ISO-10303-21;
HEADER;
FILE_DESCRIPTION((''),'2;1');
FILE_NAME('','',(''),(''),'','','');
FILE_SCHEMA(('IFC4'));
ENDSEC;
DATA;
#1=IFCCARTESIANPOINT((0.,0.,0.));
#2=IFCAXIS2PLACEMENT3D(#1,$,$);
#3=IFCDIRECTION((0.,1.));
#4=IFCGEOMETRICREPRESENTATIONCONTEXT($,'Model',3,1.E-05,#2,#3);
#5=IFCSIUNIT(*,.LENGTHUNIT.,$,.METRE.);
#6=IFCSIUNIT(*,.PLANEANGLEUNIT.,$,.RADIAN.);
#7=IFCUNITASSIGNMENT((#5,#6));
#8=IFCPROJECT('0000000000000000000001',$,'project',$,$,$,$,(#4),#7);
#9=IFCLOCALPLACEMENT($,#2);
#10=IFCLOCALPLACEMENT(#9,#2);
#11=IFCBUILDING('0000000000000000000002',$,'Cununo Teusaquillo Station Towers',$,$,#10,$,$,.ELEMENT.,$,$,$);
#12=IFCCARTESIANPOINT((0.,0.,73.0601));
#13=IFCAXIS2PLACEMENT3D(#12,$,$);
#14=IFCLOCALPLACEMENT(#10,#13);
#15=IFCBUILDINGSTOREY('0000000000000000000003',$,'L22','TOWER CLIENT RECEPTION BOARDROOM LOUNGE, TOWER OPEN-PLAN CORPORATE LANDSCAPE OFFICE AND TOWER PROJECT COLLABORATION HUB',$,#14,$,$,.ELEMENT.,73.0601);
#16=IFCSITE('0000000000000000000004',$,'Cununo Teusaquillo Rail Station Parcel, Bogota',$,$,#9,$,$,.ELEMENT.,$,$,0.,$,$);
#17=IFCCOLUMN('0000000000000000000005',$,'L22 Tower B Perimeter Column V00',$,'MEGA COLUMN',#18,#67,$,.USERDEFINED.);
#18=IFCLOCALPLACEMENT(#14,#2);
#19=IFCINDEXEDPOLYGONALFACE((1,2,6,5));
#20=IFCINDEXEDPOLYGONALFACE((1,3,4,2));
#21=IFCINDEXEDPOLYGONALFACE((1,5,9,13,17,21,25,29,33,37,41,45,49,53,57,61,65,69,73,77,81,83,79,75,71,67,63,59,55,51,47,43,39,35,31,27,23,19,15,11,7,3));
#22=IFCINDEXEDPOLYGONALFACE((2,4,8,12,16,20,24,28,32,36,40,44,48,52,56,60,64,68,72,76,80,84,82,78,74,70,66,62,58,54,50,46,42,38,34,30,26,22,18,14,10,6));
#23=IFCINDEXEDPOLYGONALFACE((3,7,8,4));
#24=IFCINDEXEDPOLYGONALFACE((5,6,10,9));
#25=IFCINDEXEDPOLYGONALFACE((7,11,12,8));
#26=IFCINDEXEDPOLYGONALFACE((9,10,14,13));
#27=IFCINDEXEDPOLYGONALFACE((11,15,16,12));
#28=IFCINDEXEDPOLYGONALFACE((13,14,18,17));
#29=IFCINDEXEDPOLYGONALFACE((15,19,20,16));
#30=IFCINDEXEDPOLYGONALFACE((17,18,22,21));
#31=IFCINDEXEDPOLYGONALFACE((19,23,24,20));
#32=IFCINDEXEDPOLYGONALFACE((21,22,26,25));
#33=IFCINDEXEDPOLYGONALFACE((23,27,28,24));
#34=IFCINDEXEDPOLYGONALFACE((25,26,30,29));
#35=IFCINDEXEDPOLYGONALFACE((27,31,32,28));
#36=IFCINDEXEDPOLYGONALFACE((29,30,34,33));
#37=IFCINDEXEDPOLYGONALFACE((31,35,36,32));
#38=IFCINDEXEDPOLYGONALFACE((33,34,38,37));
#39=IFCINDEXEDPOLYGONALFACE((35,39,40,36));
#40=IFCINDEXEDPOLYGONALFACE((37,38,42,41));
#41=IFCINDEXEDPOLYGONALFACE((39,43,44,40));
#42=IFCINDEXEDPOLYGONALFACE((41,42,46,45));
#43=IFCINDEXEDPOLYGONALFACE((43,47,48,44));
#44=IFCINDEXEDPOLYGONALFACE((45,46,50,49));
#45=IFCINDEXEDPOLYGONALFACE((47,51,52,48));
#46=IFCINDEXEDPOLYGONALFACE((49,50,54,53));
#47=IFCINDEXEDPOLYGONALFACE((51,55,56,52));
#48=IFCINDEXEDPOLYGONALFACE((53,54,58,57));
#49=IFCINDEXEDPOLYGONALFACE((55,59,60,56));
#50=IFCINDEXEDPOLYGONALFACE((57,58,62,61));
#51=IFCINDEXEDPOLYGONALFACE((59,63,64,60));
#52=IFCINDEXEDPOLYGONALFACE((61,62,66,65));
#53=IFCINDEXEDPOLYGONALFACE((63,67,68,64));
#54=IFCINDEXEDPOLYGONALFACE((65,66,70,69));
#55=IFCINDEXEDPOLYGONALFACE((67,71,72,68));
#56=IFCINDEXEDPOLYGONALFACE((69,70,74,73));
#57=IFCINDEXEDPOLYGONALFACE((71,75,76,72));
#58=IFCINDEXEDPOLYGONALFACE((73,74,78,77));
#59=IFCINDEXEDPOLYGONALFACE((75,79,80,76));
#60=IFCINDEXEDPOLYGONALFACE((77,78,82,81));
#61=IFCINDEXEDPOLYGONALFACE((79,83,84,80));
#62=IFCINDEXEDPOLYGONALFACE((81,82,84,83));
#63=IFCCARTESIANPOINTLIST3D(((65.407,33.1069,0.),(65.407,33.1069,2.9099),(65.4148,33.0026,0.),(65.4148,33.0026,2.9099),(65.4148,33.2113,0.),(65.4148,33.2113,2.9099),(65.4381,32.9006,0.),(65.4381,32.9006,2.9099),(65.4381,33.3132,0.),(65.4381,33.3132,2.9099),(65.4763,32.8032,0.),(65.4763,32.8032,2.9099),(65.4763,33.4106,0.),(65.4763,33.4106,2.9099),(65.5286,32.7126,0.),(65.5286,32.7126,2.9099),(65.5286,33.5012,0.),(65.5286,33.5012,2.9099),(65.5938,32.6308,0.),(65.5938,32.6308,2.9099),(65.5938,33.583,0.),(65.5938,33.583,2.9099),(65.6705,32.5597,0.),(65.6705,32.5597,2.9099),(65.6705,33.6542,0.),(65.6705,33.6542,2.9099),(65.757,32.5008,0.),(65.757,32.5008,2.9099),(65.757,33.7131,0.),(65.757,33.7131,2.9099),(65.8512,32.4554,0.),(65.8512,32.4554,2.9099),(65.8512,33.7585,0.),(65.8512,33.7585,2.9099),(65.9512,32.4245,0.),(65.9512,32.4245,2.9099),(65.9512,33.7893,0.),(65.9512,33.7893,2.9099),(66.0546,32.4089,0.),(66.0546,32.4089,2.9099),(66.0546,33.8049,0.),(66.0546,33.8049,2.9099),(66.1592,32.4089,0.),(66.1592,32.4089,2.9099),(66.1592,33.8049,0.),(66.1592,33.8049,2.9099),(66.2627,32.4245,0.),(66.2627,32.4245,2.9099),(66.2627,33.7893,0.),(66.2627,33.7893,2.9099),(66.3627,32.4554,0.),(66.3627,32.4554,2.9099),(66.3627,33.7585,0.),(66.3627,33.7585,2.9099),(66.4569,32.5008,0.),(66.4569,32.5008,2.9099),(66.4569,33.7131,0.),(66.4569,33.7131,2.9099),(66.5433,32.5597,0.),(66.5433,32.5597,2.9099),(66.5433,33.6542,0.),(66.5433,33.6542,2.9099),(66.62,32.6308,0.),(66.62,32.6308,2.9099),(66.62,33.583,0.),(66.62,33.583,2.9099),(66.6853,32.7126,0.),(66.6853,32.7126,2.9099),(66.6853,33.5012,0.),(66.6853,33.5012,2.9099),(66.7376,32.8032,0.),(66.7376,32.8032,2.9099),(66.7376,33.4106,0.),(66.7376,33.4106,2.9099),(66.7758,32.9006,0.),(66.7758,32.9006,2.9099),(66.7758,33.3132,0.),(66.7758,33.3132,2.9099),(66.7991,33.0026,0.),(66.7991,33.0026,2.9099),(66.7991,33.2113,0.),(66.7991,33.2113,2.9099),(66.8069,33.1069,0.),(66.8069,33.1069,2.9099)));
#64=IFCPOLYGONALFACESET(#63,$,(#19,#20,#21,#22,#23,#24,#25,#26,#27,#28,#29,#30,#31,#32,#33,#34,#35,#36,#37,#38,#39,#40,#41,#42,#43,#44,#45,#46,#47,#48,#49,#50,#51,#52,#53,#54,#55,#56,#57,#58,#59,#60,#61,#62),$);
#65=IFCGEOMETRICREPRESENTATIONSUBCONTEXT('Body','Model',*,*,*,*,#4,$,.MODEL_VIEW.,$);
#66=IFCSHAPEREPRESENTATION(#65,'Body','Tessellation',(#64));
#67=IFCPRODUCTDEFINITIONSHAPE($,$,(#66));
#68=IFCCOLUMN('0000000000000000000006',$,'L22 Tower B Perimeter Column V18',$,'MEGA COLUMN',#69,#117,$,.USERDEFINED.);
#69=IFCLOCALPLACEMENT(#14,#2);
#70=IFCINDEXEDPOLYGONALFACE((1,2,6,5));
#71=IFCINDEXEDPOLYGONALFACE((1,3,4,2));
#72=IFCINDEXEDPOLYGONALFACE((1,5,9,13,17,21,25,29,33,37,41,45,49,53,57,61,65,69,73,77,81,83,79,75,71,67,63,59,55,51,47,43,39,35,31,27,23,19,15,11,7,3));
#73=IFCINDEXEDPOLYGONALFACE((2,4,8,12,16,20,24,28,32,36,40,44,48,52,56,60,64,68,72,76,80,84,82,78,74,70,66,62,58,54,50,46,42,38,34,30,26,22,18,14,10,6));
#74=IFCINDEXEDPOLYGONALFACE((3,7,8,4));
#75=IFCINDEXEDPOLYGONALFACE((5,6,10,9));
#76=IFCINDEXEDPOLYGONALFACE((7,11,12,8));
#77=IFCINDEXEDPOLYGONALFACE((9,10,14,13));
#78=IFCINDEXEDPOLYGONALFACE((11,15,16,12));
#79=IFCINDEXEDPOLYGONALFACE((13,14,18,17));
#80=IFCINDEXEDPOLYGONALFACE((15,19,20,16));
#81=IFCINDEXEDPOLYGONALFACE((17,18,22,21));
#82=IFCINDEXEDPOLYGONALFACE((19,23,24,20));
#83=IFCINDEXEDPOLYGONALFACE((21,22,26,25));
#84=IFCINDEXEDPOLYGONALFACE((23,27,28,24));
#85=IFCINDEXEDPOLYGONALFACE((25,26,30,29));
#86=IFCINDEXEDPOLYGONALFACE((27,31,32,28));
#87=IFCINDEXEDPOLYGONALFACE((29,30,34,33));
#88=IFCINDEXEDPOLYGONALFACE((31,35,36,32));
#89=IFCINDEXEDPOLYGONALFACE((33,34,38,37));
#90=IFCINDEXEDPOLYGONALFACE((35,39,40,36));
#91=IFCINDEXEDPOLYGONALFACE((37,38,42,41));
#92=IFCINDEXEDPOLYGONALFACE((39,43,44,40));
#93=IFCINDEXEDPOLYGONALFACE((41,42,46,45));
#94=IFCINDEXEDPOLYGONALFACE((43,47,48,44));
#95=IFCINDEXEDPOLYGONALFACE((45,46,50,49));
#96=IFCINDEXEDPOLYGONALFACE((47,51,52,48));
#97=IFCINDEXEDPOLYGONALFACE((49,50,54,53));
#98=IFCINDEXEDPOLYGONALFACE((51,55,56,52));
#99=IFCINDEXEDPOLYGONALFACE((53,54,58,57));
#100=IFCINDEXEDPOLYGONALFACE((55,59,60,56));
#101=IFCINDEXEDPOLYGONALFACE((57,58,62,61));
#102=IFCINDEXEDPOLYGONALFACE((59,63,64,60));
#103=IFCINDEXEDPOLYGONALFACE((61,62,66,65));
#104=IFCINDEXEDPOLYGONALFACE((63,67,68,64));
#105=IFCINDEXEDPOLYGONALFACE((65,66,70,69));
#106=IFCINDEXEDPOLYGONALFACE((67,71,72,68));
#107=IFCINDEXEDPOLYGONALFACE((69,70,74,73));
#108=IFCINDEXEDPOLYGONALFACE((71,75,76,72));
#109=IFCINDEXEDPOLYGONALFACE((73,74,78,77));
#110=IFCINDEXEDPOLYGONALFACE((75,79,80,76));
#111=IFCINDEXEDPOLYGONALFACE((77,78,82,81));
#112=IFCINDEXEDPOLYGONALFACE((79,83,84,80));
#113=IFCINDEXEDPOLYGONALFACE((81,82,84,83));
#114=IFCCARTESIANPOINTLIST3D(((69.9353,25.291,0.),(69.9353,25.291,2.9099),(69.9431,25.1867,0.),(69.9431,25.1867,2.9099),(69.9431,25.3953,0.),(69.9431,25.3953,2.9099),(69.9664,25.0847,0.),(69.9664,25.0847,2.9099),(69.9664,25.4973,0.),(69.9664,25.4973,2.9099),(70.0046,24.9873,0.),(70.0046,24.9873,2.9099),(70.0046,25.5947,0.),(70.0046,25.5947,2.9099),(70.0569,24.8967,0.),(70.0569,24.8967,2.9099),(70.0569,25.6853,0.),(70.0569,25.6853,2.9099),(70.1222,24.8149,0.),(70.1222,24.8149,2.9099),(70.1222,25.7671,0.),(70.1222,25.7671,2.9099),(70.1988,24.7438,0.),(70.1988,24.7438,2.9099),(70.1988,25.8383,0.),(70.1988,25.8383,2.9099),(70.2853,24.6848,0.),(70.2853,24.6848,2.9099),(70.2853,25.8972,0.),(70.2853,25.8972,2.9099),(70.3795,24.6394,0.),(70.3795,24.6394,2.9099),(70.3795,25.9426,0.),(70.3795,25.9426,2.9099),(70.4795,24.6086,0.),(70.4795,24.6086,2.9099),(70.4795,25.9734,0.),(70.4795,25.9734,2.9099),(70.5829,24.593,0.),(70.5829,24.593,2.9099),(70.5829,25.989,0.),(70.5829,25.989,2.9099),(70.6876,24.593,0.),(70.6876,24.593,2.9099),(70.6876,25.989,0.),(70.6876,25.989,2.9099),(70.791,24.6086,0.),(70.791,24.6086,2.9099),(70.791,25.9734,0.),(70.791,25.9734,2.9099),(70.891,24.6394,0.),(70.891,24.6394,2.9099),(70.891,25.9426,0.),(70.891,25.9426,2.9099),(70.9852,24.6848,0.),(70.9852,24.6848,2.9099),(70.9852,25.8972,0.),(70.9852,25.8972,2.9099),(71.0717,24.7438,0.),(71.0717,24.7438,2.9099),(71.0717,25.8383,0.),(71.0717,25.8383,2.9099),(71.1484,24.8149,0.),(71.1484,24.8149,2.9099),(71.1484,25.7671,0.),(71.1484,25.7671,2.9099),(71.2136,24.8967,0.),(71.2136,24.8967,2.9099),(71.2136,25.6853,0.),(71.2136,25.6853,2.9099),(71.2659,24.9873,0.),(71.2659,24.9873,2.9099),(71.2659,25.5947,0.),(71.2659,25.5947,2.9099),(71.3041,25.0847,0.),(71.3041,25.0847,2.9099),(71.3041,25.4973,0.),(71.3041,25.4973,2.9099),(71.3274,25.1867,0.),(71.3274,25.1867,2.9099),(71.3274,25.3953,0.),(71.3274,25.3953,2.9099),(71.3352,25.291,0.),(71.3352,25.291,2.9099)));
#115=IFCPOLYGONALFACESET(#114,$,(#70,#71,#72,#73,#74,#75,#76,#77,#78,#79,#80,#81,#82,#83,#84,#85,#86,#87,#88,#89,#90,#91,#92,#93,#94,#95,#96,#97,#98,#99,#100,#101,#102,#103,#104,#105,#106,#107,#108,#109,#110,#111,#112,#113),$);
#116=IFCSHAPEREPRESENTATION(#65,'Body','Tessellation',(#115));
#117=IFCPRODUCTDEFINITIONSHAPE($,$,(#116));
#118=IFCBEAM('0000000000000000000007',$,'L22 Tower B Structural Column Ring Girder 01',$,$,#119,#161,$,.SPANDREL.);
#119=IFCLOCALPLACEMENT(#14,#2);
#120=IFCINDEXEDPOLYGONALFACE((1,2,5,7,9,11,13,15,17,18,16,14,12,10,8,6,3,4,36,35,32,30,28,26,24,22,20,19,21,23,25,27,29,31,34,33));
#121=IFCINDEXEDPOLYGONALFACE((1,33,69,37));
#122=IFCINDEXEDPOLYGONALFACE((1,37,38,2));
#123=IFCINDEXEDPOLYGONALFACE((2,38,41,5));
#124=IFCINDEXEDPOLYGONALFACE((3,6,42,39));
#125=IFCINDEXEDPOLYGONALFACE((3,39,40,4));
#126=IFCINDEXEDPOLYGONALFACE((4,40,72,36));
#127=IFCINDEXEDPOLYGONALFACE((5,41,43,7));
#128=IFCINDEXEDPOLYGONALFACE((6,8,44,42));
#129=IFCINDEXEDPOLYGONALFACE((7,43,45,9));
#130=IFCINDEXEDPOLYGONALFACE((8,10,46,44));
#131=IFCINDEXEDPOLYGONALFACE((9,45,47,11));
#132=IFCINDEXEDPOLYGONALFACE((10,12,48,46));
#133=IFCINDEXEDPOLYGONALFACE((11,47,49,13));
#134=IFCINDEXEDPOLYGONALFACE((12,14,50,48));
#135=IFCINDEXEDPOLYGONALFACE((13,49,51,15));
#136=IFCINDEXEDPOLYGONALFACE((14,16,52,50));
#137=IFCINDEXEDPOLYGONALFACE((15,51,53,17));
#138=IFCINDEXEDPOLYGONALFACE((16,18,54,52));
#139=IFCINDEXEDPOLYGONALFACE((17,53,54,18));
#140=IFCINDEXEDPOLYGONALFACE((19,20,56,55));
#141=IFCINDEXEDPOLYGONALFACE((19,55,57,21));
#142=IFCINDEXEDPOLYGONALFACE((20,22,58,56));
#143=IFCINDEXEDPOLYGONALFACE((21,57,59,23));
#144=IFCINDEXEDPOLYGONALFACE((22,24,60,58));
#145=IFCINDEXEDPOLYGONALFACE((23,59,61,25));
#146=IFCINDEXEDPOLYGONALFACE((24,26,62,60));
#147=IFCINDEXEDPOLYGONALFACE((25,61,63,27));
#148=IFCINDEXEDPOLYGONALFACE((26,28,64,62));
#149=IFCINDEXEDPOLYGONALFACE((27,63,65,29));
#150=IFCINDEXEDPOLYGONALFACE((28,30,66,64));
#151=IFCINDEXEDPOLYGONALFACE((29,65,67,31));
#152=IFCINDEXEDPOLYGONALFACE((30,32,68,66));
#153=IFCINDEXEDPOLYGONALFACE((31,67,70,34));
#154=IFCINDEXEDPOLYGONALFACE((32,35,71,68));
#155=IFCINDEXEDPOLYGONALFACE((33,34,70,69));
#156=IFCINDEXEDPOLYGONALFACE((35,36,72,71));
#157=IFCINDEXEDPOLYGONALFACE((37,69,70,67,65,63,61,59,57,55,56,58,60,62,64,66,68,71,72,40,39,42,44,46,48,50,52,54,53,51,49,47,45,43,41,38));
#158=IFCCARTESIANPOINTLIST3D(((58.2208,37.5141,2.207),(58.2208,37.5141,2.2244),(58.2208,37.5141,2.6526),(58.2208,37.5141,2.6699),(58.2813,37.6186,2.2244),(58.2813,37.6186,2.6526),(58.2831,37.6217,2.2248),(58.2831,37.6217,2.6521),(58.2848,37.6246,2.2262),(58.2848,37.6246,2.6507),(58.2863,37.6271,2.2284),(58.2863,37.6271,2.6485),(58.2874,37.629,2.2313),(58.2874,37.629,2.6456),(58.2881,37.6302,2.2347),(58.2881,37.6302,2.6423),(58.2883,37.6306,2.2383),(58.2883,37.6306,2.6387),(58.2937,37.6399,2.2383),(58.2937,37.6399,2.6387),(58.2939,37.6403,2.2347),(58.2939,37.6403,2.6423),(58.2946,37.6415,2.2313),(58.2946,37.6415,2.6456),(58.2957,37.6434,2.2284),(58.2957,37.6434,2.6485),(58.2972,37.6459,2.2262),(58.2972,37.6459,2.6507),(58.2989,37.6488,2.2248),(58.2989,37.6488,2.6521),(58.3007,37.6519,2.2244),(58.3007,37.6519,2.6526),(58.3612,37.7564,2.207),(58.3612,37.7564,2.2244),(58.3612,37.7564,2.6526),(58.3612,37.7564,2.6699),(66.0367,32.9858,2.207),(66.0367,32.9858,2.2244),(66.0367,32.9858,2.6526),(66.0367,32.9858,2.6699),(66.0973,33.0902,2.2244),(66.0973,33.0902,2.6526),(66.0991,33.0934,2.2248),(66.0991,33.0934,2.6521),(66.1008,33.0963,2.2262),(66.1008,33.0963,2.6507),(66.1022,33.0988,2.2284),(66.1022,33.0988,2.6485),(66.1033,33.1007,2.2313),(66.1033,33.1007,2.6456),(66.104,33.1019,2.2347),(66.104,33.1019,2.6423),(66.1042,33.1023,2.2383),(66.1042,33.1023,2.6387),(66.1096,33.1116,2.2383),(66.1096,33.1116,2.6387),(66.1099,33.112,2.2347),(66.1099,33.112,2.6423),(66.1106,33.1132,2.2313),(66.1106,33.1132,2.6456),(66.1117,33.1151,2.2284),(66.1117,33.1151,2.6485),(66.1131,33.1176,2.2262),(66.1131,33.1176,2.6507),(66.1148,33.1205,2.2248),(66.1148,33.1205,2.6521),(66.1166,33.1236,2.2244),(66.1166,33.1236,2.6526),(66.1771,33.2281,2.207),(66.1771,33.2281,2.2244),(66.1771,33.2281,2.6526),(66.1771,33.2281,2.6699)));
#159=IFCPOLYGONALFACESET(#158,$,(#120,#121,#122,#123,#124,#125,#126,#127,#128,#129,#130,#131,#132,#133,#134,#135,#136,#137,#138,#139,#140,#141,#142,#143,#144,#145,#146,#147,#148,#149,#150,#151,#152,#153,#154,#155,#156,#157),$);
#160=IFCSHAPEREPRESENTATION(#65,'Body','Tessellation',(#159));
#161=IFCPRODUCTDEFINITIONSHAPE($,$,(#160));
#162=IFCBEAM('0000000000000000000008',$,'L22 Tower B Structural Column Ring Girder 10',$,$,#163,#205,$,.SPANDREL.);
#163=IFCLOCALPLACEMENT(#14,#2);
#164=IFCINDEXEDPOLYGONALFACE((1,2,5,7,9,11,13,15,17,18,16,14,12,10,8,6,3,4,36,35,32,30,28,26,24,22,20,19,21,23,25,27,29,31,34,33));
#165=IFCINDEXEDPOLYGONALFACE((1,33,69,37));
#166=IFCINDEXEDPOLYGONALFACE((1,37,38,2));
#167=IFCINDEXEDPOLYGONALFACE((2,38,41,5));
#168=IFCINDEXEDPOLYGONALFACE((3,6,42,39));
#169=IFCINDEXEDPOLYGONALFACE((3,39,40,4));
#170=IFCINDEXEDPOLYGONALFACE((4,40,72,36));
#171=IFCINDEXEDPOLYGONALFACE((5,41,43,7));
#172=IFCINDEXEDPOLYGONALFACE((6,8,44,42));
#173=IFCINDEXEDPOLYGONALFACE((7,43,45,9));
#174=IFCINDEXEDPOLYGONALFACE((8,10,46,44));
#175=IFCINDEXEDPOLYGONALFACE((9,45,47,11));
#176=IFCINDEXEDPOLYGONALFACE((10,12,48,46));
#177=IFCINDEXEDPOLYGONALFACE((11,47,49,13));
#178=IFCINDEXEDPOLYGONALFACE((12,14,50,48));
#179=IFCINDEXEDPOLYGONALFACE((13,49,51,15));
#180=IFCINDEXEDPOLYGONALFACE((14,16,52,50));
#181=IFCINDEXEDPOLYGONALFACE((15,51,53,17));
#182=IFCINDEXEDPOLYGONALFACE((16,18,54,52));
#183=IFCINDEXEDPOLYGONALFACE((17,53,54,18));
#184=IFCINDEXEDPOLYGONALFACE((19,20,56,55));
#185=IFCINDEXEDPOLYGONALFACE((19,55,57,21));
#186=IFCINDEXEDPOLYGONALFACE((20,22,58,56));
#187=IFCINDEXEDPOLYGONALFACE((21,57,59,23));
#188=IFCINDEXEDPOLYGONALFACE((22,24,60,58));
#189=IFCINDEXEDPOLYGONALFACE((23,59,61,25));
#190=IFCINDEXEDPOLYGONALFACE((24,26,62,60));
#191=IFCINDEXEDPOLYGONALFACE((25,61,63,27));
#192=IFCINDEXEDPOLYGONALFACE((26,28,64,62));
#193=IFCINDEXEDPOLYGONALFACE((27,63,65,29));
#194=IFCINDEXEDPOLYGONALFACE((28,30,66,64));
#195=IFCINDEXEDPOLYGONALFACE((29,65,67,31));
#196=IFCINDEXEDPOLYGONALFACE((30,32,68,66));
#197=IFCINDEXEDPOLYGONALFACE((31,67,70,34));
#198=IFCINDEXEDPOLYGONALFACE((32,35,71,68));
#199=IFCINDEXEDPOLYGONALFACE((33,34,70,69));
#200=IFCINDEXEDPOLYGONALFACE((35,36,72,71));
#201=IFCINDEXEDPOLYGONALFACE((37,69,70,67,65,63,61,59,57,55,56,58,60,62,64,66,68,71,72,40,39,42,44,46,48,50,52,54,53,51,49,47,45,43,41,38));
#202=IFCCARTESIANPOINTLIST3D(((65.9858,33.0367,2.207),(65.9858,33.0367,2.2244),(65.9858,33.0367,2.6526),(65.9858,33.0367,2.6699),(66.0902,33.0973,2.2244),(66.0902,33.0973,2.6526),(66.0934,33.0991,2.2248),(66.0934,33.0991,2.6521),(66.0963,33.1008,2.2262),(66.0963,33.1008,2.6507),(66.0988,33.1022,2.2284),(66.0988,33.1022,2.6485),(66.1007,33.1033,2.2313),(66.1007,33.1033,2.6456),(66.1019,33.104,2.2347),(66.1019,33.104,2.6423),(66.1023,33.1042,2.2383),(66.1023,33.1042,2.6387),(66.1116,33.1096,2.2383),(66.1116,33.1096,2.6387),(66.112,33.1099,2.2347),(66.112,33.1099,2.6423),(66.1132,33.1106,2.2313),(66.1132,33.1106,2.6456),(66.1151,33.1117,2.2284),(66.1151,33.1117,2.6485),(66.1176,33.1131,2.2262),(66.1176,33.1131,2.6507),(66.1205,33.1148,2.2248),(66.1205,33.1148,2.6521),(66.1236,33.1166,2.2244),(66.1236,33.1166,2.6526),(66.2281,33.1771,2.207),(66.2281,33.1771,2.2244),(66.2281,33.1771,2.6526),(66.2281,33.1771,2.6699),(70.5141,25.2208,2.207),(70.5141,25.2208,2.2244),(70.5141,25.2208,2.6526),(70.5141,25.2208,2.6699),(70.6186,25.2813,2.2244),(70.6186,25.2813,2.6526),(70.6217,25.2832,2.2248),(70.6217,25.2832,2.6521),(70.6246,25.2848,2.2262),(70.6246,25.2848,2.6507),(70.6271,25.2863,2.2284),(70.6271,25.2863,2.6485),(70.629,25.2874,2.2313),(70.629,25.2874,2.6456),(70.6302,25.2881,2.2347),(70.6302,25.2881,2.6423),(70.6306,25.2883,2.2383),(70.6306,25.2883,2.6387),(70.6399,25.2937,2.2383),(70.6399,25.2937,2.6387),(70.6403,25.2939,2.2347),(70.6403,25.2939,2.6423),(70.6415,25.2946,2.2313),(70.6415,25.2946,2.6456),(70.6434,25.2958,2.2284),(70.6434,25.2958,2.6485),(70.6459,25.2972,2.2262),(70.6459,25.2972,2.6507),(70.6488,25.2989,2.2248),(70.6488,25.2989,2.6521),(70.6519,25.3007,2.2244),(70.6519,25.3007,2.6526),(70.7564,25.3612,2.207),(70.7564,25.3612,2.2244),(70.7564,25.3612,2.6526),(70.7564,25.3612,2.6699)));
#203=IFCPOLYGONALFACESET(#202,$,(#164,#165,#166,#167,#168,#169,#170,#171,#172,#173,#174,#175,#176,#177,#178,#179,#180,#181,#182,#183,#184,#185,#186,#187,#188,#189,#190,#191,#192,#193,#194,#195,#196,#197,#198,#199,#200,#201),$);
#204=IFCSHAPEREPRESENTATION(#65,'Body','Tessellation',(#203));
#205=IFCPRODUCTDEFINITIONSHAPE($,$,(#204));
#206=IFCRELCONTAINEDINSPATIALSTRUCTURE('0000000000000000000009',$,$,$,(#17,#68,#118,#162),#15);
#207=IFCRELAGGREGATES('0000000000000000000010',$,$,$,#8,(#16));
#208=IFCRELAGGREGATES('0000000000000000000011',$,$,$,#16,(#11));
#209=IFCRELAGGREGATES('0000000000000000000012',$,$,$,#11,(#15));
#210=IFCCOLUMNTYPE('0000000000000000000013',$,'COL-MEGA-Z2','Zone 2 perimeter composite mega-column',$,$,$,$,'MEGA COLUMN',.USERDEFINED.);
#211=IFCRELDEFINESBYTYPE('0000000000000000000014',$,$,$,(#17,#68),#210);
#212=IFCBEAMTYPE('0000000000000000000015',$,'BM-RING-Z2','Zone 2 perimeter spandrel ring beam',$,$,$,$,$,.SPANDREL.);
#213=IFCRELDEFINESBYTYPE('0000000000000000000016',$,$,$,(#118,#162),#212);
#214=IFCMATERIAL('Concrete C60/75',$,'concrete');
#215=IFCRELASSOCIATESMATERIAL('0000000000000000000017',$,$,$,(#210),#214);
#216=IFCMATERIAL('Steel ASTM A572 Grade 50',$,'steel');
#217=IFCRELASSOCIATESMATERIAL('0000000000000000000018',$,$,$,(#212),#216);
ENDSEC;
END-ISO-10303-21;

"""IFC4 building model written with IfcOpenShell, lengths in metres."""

from ifc_helpers import new_model, si_unit, direction, frame, origin, origin_2d, place, context, subcontext, project, spatial, circle, i_section, extrude, material, material_profile, profile_set, type_object, element, save


model = new_model("IFC4")

# Units and contexts
model_context = context("Model", 3, precision=1e-05, world=origin(), true_north=direction((0.0, 1.0)))
body_context = subcontext(model_context, "Body", "Model", "MODEL_VIEW")
ifc_project = project(units=[si_unit("LENGTHUNIT", "METRE"), si_unit("PLANEANGLEUNIT", "RADIAN")], contexts=[model_context])

# Site, building, storey
site_placement = place(None, origin())
site = spatial("IfcSite", under=ifc_project, at=site_placement, Name="Cununo Teusaquillo Rail Station Parcel, Bogota", CompositionType="ELEMENT", RefElevation=0.0)
building_placement = place(site_placement, origin())
building = spatial("IfcBuilding", under=site, at=building_placement, Name="Cununo Teusaquillo Station Towers", CompositionType="ELEMENT")
storey_placement = place(building_placement, frame((0.0, 0.0, 73.0601)))
storey = spatial("IfcBuildingStorey", under=building, at=storey_placement, Name="L22", Description="TOWER CLIENT RECEPTION BOARDROOM LOUNGE, TOWER OPEN-PLAN CORPORATE LANDSCAPE OFFICE AND TOWER PROJECT COLLABORATION HUB", CompositionType="ELEMENT", Elevation=73.0601)

# Columns
ifc_material_1 = material(Name="Concrete C60/75", Category="concrete")
ifc_material_profile_1 = material_profile(ifc_material_1, circle(Radius=0.7, at=origin_2d()), Name="RC-CIRC-1400")
ifc_profile_set_1 = profile_set([ifc_material_profile_1], Name="Concrete C60/75")
column_type = type_object("IfcColumnType", Name="COL-MEGA-Z2", Description="Zone 2 perimeter composite mega-column", ElementType="MEGA COLUMN", PredefinedType="USERDEFINED", material=ifc_profile_set_1)
for number, where, z_axis, x_axis, name in (
    (1, (66.1069, 33.1069, 0.0), (0.0, 0.0, 1.0), (1.0, 0.0, 0.0), "L22 Tower B Perimeter Column V00"),
    (2, (70.6353, 25.291, 0.0), (0.0, 0.0, 1.0), (1.0, 0.0, 0.0), "L22 Tower B Perimeter Column V18"),
):
    element("IfcColumn", number, at=place(storey_placement, frame(where, z_axis=z_axis, x_axis=x_axis)), inside=storey, type_object=column_type, Name=name, ObjectType="MEGA COLUMN", PredefinedType="USERDEFINED", context=body_context, shape_type="SweptSolid", body=[
        extrude(circle(Radius=0.7, at=origin_2d()), origin(), (0.0, 0.0, 1.0), 2.9099),
    ])

# Beams
ifc_material_2 = material(Name="Steel ASTM A572 Grade 50", Category="steel")
ifc_material_profile_2 = material_profile(ifc_material_2, i_section(OverallWidth=0.28, OverallDepth=0.4629, WebThickness=0.0107, FlangeThickness=0.0173, FilletRadius=0.0139, at=origin_2d()), Name="W18X76")
ifc_profile_set_2 = profile_set([ifc_material_profile_2], Name="Steel ASTM A572 Grade 50")
beam_type = type_object("IfcBeamType", Name="BM-RING-Z2", Description="Zone 2 perimeter spandrel ring beam", PredefinedType="SPANDREL", material=ifc_profile_set_2)
for number, where, z_axis, x_axis, name in (
    (3, (66.1069, 33.1069, 2.4385), (-0.865267, 0.501311, 0.0), (-0.501311, -0.865267, 0.0), "L22 Tower B Structural Column Ring Girder 01"),
    (4, (70.6353, 25.291, 2.4385), (-0.501311, 0.865267, 0.0), (-0.865267, -0.501311, 0.0), "L22 Tower B Structural Column Ring Girder 10"),
):
    element("IfcBeam", number, at=place(storey_placement, frame(where, z_axis=z_axis, x_axis=x_axis)), inside=storey, type_object=beam_type, Name=name, PredefinedType="SPANDREL", context=body_context, shape_type="SweptSolid", body=[
        extrude(i_section(OverallWidth=0.28, OverallDepth=0.4629, WebThickness=0.0107, FlangeThickness=0.0173, FilletRadius=0.0139, at=origin_2d()), origin(), (0.0, 0.0, 1.0), 9.033),
    ])

save(model, "model.ifc")
